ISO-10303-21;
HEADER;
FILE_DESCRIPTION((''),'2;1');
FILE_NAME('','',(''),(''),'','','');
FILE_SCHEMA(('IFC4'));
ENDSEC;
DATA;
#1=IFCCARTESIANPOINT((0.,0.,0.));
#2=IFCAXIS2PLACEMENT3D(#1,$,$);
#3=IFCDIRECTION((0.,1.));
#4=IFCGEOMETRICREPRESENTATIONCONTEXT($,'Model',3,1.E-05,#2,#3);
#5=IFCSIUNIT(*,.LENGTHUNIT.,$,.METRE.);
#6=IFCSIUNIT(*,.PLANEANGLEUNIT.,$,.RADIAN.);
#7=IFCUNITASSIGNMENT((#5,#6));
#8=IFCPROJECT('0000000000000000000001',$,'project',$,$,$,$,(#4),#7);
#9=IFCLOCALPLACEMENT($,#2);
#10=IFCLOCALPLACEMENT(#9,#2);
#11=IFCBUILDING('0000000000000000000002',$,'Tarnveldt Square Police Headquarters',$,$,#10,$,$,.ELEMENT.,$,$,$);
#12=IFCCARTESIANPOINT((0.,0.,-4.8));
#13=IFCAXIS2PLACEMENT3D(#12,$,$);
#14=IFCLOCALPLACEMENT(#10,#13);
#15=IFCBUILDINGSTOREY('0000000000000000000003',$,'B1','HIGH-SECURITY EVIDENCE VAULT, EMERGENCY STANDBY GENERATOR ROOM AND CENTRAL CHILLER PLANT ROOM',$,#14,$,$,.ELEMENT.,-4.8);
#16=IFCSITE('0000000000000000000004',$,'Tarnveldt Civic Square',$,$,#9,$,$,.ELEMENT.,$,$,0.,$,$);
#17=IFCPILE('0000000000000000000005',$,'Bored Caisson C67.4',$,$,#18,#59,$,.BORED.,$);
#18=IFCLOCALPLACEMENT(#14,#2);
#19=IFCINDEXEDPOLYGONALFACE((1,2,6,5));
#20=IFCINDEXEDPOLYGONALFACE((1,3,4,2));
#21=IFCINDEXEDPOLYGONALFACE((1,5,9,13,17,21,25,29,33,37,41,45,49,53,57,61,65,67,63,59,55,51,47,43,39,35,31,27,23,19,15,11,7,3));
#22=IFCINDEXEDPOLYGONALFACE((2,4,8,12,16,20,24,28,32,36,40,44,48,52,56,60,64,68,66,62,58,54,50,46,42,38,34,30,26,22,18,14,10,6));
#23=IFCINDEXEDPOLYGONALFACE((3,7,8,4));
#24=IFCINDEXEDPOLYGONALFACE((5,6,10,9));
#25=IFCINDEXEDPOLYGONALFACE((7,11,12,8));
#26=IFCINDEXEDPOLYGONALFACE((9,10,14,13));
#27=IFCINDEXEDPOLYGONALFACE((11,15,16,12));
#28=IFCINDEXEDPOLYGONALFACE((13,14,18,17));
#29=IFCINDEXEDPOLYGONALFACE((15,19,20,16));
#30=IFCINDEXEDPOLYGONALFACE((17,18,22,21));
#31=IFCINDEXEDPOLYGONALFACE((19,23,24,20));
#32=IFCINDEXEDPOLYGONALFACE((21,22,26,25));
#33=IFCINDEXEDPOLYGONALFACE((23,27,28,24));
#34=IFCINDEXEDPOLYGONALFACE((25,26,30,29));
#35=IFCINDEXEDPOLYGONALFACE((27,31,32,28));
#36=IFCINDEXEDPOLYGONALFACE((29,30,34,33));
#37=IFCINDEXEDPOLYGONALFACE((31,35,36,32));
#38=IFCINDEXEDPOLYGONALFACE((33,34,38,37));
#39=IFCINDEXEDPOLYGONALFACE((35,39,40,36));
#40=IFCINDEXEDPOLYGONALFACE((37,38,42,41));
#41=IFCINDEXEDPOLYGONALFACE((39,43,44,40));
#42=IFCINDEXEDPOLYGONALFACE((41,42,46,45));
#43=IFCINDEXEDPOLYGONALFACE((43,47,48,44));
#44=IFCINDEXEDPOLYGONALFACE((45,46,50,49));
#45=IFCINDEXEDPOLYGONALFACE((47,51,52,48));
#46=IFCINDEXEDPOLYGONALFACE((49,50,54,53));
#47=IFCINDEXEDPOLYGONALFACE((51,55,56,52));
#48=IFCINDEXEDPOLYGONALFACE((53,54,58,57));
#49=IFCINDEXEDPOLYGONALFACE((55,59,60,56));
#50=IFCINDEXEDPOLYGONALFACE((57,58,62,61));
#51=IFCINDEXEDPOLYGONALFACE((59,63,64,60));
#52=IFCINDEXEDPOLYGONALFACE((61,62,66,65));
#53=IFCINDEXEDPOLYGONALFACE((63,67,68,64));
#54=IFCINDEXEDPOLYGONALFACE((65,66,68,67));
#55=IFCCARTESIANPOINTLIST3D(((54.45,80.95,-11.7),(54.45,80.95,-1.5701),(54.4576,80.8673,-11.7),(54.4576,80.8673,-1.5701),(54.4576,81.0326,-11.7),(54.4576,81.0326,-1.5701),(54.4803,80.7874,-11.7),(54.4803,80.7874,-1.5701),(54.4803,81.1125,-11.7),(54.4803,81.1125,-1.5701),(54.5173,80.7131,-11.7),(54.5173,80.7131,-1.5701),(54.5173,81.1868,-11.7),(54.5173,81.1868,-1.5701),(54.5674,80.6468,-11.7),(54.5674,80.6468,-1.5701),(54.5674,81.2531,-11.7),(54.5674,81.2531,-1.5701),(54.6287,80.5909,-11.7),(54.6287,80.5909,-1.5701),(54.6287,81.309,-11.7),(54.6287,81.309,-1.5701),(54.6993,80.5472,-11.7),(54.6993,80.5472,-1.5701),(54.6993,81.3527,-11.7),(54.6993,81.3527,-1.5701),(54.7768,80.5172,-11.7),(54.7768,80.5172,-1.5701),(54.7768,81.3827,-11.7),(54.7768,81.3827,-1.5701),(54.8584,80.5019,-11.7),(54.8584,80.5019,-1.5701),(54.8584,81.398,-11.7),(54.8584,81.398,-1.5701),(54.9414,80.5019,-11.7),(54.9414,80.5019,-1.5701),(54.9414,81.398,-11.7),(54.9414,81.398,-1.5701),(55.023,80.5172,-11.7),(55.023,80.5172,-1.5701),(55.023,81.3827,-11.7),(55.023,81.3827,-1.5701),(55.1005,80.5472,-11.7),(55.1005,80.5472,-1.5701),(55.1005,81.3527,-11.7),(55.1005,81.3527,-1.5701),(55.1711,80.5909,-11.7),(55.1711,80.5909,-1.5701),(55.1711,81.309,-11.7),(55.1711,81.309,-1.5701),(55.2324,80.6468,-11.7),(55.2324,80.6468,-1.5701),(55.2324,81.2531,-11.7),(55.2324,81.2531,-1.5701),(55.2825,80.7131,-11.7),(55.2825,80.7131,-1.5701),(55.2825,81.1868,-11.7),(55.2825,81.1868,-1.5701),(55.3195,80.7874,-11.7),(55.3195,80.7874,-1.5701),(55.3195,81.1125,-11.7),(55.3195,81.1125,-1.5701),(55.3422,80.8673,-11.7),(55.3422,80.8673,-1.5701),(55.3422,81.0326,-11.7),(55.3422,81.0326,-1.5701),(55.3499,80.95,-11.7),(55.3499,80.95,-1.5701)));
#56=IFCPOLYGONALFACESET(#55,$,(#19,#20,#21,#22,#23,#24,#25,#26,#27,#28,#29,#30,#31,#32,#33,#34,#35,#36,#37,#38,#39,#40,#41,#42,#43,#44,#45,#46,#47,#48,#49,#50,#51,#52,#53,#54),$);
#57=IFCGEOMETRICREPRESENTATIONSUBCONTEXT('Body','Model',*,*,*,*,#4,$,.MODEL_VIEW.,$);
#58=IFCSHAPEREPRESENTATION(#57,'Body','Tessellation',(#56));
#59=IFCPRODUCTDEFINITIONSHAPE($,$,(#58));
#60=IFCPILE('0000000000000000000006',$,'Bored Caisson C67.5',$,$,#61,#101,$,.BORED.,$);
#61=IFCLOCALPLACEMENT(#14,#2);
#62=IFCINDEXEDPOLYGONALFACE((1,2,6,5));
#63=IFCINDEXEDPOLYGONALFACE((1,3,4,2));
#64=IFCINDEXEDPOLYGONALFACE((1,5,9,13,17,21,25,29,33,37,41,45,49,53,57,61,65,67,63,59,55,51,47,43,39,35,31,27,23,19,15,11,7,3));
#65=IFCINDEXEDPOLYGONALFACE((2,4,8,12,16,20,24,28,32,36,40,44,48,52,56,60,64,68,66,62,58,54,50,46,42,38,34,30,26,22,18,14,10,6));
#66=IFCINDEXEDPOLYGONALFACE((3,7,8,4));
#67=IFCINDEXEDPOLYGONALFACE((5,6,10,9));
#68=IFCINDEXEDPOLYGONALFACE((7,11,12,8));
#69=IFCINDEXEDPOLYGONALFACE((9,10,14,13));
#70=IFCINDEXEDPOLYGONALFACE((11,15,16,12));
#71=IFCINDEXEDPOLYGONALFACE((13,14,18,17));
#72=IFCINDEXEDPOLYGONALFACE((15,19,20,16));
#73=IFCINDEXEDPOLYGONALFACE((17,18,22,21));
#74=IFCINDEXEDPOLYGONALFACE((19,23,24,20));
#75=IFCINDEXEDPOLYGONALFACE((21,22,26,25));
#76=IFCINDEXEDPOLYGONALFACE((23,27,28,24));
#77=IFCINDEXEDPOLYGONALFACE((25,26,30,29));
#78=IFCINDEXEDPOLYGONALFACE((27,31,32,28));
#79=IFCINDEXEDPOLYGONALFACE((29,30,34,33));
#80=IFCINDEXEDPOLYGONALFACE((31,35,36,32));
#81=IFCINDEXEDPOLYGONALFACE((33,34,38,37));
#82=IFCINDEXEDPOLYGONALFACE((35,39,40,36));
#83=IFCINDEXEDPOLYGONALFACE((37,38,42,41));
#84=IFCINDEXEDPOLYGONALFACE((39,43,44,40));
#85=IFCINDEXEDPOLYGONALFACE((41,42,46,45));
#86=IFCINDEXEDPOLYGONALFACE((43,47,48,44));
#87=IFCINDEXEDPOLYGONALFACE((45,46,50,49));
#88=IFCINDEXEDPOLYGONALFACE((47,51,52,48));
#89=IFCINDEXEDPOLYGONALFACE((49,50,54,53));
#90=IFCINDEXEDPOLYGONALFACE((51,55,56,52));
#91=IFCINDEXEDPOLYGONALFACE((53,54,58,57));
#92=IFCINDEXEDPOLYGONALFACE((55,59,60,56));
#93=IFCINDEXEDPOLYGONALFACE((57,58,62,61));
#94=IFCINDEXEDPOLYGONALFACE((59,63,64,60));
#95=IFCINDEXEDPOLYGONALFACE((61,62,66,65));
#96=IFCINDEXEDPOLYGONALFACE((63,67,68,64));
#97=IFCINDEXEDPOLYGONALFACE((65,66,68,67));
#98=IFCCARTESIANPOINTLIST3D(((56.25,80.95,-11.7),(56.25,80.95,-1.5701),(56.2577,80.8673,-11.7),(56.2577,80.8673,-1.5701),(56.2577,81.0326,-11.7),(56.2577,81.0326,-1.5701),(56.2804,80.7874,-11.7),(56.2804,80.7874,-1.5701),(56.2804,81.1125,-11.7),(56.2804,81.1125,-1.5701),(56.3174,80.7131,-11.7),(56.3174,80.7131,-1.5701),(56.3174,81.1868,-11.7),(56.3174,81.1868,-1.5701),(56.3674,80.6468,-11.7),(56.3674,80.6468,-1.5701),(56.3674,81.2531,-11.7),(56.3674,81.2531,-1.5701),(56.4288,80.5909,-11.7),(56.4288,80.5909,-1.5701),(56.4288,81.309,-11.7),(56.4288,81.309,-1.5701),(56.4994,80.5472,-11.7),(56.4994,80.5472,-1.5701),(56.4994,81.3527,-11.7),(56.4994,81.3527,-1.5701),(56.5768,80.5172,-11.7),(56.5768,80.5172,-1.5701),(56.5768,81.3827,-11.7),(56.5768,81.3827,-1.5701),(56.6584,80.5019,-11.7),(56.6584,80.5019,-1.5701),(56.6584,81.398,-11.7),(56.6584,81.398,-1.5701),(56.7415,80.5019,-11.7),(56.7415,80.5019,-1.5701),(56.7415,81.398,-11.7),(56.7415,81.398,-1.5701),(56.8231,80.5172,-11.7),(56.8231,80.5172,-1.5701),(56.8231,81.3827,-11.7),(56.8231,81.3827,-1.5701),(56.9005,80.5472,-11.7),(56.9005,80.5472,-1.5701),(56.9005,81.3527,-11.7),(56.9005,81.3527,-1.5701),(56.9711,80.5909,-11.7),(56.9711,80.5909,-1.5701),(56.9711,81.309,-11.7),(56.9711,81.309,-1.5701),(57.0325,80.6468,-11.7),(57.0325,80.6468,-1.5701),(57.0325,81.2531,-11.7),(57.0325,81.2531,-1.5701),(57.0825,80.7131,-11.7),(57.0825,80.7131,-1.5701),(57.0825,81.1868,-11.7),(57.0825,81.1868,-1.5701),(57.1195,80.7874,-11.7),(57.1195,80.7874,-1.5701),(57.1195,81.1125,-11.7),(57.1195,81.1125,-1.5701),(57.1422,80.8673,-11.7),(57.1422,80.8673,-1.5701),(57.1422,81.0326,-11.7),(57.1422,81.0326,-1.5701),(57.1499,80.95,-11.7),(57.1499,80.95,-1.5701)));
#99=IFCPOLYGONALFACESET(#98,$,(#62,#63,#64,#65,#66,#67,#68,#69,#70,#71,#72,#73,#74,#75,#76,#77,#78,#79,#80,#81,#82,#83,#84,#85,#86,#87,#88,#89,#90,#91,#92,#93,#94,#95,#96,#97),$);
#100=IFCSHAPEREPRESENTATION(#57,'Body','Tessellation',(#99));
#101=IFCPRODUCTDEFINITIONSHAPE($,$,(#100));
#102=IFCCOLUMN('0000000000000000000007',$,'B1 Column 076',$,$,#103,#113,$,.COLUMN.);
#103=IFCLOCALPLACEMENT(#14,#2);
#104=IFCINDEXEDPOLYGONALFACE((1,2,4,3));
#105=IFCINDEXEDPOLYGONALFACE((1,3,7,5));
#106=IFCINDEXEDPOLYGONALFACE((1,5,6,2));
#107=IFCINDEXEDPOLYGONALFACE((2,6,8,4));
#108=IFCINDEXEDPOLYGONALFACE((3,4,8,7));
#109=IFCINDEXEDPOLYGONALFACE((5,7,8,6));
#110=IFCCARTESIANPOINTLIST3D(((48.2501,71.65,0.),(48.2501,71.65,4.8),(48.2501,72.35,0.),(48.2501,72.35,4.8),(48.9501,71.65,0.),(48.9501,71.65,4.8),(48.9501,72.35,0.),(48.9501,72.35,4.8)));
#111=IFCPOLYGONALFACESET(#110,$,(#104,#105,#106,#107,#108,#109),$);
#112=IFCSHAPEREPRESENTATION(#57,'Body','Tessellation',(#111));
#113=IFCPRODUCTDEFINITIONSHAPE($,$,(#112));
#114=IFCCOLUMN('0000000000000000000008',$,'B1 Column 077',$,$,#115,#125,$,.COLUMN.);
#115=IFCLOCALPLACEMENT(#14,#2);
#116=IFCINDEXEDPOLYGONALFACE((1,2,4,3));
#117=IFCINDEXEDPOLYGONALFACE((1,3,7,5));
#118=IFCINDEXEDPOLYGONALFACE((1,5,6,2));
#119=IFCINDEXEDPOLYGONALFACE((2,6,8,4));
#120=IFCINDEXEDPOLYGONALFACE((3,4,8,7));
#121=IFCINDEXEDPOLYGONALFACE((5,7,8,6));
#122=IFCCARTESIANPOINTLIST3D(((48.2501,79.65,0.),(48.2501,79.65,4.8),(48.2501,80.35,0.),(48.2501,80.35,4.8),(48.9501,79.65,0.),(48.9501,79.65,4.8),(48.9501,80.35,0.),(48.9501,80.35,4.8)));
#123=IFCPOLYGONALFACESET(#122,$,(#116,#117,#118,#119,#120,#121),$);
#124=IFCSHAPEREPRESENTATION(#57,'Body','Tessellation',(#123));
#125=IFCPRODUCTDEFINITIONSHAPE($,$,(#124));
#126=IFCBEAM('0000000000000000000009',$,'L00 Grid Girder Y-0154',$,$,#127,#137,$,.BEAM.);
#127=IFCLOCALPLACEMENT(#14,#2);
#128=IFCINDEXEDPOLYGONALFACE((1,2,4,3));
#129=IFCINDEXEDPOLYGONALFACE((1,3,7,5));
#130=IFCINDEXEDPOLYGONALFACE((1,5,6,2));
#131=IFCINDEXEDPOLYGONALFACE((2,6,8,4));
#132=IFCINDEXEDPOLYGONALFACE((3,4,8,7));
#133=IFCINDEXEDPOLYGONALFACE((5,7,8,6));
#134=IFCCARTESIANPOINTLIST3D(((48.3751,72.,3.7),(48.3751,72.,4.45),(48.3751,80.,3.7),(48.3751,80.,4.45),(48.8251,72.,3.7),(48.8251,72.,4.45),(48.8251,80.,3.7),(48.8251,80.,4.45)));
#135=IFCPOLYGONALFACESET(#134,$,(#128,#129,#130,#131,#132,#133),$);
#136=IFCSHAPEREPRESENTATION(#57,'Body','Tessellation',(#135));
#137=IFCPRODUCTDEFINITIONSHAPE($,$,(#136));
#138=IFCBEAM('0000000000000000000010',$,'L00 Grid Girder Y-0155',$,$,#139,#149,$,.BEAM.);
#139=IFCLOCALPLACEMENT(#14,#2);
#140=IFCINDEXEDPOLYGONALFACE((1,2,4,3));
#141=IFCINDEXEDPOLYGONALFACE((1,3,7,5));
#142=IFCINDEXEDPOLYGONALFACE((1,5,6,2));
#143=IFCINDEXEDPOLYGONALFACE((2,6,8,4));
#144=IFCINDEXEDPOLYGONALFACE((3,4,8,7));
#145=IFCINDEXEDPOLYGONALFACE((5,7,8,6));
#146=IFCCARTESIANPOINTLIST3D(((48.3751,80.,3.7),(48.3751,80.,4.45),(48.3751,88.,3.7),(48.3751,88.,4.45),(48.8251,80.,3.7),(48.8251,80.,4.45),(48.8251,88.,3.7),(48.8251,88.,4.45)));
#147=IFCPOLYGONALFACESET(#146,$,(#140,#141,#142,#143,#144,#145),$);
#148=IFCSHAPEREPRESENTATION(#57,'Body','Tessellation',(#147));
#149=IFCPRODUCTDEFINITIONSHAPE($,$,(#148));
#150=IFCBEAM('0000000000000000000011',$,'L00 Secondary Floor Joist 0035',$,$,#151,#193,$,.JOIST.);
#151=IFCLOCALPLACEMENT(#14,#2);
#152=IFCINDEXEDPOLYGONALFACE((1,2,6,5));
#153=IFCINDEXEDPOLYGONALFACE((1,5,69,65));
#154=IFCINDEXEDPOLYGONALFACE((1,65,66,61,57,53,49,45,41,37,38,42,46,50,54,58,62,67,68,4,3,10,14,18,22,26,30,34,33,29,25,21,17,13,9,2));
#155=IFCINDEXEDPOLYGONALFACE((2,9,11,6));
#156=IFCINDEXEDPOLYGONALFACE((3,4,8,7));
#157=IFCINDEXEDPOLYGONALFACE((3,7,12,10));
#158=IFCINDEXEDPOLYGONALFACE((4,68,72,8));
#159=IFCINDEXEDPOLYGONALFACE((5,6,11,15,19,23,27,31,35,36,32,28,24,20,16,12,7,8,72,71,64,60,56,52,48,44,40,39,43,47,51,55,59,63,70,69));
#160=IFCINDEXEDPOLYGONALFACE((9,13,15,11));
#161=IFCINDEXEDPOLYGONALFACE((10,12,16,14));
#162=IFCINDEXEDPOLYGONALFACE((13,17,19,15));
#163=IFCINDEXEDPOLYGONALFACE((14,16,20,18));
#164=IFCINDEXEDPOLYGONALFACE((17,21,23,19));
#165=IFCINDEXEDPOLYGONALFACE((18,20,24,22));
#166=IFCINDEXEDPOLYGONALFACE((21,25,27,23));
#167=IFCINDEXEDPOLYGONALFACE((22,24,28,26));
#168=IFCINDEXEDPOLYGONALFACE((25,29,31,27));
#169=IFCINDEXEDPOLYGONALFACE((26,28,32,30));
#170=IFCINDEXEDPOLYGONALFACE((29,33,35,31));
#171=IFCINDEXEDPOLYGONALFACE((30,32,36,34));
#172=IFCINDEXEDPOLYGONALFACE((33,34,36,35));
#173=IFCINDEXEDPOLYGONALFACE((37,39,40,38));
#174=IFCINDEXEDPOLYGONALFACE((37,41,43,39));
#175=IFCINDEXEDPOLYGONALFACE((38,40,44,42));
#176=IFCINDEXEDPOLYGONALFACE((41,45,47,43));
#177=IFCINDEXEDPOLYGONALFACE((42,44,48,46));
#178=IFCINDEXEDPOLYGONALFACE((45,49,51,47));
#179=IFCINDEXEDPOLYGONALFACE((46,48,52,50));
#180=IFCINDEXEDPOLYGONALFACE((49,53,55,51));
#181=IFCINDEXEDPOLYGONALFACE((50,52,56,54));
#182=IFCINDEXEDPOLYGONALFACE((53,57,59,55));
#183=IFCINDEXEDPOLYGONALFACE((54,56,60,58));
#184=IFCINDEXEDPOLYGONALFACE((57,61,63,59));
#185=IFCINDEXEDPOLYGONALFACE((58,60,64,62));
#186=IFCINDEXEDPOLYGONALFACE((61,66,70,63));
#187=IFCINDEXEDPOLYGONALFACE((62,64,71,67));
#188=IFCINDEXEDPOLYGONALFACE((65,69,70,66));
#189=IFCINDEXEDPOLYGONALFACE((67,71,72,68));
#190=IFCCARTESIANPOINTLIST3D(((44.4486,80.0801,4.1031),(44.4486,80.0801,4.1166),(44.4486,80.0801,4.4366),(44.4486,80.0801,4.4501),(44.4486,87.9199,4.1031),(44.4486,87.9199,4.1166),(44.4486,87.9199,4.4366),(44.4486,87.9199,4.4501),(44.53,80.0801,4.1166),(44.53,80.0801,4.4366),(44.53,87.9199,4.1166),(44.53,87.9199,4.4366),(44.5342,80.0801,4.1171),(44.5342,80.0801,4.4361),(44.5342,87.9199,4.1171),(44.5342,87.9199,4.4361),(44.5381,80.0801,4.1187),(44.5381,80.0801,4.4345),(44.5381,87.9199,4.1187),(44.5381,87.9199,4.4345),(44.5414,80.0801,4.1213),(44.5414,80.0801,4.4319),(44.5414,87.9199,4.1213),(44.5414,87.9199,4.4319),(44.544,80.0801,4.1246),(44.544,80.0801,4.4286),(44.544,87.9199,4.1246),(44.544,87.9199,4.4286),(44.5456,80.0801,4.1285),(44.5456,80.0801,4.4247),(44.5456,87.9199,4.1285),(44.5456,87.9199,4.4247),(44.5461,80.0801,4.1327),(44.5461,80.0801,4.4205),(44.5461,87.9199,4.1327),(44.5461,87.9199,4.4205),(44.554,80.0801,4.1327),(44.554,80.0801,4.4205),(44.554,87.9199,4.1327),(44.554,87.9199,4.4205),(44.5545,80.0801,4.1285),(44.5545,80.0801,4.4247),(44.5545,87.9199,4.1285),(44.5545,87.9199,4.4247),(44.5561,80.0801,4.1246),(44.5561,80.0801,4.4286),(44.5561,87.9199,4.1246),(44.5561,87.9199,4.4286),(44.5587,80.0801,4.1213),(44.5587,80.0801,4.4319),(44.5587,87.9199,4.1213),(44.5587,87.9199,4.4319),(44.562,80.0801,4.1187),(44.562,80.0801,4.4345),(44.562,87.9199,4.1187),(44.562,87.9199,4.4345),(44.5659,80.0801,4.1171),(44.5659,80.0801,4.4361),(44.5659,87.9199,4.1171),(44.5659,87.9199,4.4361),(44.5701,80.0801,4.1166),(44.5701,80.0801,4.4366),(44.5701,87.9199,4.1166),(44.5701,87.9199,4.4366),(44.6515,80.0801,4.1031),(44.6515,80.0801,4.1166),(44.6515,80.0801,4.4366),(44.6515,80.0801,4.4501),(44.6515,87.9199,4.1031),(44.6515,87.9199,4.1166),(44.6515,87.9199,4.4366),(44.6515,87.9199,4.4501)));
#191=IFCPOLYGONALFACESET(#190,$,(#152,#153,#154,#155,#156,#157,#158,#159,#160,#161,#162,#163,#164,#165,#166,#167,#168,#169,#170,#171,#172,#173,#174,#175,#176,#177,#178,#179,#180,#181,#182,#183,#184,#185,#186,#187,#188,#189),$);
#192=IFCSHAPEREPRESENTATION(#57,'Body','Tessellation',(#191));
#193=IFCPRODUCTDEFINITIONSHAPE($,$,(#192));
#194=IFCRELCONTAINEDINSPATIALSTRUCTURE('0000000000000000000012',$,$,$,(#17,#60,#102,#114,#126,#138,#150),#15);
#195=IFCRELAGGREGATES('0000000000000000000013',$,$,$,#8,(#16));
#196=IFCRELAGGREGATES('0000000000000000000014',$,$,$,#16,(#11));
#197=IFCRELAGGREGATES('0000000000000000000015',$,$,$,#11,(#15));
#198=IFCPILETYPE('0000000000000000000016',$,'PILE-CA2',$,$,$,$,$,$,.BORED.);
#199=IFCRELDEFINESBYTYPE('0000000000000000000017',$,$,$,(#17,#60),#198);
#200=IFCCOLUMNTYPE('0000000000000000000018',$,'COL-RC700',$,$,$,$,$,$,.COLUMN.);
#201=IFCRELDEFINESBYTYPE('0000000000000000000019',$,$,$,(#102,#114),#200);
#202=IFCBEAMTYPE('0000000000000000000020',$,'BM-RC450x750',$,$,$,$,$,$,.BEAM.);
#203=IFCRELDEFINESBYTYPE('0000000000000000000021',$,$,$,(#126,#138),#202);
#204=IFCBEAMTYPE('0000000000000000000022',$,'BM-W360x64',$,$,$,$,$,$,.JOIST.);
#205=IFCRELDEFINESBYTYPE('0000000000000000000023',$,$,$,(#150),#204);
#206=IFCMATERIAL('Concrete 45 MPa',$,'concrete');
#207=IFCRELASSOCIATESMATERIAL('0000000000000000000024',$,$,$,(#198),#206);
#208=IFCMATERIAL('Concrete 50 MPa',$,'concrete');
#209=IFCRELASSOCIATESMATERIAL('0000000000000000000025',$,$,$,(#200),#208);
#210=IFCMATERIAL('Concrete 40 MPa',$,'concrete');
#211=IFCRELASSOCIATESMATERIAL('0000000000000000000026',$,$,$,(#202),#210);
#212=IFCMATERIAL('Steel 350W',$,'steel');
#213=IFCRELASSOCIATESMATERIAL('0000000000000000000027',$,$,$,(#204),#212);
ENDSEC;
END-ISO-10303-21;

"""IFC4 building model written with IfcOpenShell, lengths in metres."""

from ifc_helpers import new_model, si_unit, direction, frame, origin, origin_2d, place, context, subcontext, project, spatial, rectangle, circle, i_section, extrude, material, material_profile, profile_set, type_object, element, save


model = new_model("IFC4")

# Units and contexts
model_context = context("Model", 3, precision=1e-05, world=origin(), true_north=direction((0.0, 1.0)))
body_context = subcontext(model_context, "Body", "Model", "MODEL_VIEW")
ifc_project = project(units=[si_unit("LENGTHUNIT", "METRE"), si_unit("PLANEANGLEUNIT", "RADIAN")], contexts=[model_context])

# Site, building, storey
site_placement = place(None, origin())
site = spatial("IfcSite", under=ifc_project, at=site_placement, Name="Tarnveldt Civic Square", CompositionType="ELEMENT", RefElevation=0.0)
building_placement = place(site_placement, origin())
building = spatial("IfcBuilding", under=site, at=building_placement, Name="Tarnveldt Square Police Headquarters", CompositionType="ELEMENT")
storey_placement = place(building_placement, frame((0.0, 0.0, -4.8)))
storey = spatial("IfcBuildingStorey", under=building, at=storey_placement, Name="B1", Description="HIGH-SECURITY EVIDENCE VAULT, EMERGENCY STANDBY GENERATOR ROOM AND CENTRAL CHILLER PLANT ROOM", CompositionType="ELEMENT", Elevation=-4.8)

# Shared definitions
ifc_material_1 = material(Name="Concrete 45 MPa", Category="concrete")

# Piles
ifc_material_profile_1 = material_profile(ifc_material_1, circle(Radius=0.45, at=origin_2d()), Name="CAISSON-D900")
ifc_profile_set_1 = profile_set([ifc_material_profile_1], Name="Concrete 45 MPa")
pile_type = type_object("IfcPileType", Name="PILE-CA2", PredefinedType="BORED", material=ifc_profile_set_1)
for number, where, z_axis, x_axis, name in (
    (1, (54.8999, 80.95, -1.5701), (0.0, 0.0, -1.0), (1.0, 0.0, 0.0), "Bored Caisson C67.4"),
    (2, (56.7, 80.95, -1.5701), (0.0, 0.0, -1.0), (1.0, 0.0, 0.0), "Bored Caisson C67.5"),
):
    element("IfcPile", number, at=place(storey_placement, frame(where, z_axis=z_axis, x_axis=x_axis)), inside=storey, type_object=pile_type, Name=name, PredefinedType="BORED", context=body_context, shape_type="SweptSolid", body=[
        extrude(circle(Radius=0.45, at=origin_2d()), origin(), (0.0, 0.0, 1.0), 10.1299),
    ])

# Columns
ifc_material_2 = material(Name="Concrete 50 MPa", Category="concrete")
ifc_material_profile_2 = material_profile(ifc_material_2, rectangle(XDim=0.7, YDim=0.7, at=origin_2d()), Name="RC-C700x700")
ifc_profile_set_2 = profile_set([ifc_material_profile_2], Name="Concrete 50 MPa")
column_type = type_object("IfcColumnType", Name="COL-RC700", PredefinedType="COLUMN", material=ifc_profile_set_2)
for number, where, z_axis, x_axis, name in (
    (3, (48.6001, 72.0, 0.0), (0.0, 0.0, 1.0), (1.0, 0.0, 0.0), "B1 Column 076"),
    (4, (48.6001, 80.0, 0.0), (0.0, 0.0, 1.0), (1.0, 0.0, 0.0), "B1 Column 077"),
):
    element("IfcColumn", number, at=place(storey_placement, frame(where, z_axis=z_axis, x_axis=x_axis)), inside=storey, type_object=column_type, Name=name, PredefinedType="COLUMN", context=body_context, shape_type="SweptSolid", body=[
        extrude(rectangle(XDim=0.7, YDim=0.7, at=origin_2d()), origin(), (0.0, 0.0, 1.0), 4.8),
    ])

# Beams
ifc_material_3 = material(Name="Concrete 40 MPa", Category="concrete")
ifc_material_profile_3 = material_profile(ifc_material_3, rectangle(XDim=0.45, YDim=0.75, at=origin_2d()), Name="RC-B450x750")
ifc_profile_set_3 = profile_set([ifc_material_profile_3], Name="Concrete 40 MPa")
beam_type_1 = type_object("IfcBeamType", Name="BM-RC450x750", PredefinedType="BEAM", material=ifc_profile_set_3)
for number, where, z_axis, x_axis, name in (
    (5, (48.6001, 72.0, 4.075), (0.0, 1.0, 0.0), (-1.0, 0.0, 0.0), "L00 Grid Girder Y-0154"),
    (6, (48.6001, 80.0, 4.075), (0.0, 1.0, 0.0), (-1.0, 0.0, 0.0), "L00 Grid Girder Y-0155"),
):
    element("IfcBeam", number, at=place(storey_placement, frame(where, z_axis=z_axis, x_axis=x_axis)), inside=storey, type_object=beam_type_1, Name=name, PredefinedType="BEAM", context=body_context, shape_type="SweptSolid", body=[
        extrude(rectangle(XDim=0.45, YDim=0.75, at=origin_2d()), origin(), (0.0, 0.0, 1.0), 8.0),
    ])
ifc_material_4 = material(Name="Steel 350W", Category="steel")
ifc_material_profile_4 = material_profile(ifc_material_4, i_section(OverallWidth=0.2029, OverallDepth=0.3469, WebThickness=0.0078, FlangeThickness=0.0134, FilletRadius=0.0161, at=origin_2d()), Name="W360x64")
ifc_profile_set_4 = profile_set([ifc_material_profile_4], Name="Steel 350W")
beam_type_2 = type_object("IfcBeamType", Name="BM-W360x64", PredefinedType="JOIST", material=ifc_profile_set_4)
beam_placement = place(storey_placement, frame((44.55, 80.0801, 4.2766), z_axis=(0.0, 1.0, 0.0), x_axis=(-1.0, 0.0, 0.0)))
element("IfcBeam", 7, at=beam_placement, inside=storey, type_object=beam_type_2, Name="L00 Secondary Floor Joist 0035", PredefinedType="JOIST", context=body_context, shape_type="SweptSolid", body=[
    extrude(i_section(OverallWidth=0.2029, OverallDepth=0.3469, WebThickness=0.0078, FlangeThickness=0.0134, FilletRadius=0.0161, at=origin_2d()), origin(), (0.0, 0.0, 1.0), 7.8398),
])

save(model, "model.ifc")
